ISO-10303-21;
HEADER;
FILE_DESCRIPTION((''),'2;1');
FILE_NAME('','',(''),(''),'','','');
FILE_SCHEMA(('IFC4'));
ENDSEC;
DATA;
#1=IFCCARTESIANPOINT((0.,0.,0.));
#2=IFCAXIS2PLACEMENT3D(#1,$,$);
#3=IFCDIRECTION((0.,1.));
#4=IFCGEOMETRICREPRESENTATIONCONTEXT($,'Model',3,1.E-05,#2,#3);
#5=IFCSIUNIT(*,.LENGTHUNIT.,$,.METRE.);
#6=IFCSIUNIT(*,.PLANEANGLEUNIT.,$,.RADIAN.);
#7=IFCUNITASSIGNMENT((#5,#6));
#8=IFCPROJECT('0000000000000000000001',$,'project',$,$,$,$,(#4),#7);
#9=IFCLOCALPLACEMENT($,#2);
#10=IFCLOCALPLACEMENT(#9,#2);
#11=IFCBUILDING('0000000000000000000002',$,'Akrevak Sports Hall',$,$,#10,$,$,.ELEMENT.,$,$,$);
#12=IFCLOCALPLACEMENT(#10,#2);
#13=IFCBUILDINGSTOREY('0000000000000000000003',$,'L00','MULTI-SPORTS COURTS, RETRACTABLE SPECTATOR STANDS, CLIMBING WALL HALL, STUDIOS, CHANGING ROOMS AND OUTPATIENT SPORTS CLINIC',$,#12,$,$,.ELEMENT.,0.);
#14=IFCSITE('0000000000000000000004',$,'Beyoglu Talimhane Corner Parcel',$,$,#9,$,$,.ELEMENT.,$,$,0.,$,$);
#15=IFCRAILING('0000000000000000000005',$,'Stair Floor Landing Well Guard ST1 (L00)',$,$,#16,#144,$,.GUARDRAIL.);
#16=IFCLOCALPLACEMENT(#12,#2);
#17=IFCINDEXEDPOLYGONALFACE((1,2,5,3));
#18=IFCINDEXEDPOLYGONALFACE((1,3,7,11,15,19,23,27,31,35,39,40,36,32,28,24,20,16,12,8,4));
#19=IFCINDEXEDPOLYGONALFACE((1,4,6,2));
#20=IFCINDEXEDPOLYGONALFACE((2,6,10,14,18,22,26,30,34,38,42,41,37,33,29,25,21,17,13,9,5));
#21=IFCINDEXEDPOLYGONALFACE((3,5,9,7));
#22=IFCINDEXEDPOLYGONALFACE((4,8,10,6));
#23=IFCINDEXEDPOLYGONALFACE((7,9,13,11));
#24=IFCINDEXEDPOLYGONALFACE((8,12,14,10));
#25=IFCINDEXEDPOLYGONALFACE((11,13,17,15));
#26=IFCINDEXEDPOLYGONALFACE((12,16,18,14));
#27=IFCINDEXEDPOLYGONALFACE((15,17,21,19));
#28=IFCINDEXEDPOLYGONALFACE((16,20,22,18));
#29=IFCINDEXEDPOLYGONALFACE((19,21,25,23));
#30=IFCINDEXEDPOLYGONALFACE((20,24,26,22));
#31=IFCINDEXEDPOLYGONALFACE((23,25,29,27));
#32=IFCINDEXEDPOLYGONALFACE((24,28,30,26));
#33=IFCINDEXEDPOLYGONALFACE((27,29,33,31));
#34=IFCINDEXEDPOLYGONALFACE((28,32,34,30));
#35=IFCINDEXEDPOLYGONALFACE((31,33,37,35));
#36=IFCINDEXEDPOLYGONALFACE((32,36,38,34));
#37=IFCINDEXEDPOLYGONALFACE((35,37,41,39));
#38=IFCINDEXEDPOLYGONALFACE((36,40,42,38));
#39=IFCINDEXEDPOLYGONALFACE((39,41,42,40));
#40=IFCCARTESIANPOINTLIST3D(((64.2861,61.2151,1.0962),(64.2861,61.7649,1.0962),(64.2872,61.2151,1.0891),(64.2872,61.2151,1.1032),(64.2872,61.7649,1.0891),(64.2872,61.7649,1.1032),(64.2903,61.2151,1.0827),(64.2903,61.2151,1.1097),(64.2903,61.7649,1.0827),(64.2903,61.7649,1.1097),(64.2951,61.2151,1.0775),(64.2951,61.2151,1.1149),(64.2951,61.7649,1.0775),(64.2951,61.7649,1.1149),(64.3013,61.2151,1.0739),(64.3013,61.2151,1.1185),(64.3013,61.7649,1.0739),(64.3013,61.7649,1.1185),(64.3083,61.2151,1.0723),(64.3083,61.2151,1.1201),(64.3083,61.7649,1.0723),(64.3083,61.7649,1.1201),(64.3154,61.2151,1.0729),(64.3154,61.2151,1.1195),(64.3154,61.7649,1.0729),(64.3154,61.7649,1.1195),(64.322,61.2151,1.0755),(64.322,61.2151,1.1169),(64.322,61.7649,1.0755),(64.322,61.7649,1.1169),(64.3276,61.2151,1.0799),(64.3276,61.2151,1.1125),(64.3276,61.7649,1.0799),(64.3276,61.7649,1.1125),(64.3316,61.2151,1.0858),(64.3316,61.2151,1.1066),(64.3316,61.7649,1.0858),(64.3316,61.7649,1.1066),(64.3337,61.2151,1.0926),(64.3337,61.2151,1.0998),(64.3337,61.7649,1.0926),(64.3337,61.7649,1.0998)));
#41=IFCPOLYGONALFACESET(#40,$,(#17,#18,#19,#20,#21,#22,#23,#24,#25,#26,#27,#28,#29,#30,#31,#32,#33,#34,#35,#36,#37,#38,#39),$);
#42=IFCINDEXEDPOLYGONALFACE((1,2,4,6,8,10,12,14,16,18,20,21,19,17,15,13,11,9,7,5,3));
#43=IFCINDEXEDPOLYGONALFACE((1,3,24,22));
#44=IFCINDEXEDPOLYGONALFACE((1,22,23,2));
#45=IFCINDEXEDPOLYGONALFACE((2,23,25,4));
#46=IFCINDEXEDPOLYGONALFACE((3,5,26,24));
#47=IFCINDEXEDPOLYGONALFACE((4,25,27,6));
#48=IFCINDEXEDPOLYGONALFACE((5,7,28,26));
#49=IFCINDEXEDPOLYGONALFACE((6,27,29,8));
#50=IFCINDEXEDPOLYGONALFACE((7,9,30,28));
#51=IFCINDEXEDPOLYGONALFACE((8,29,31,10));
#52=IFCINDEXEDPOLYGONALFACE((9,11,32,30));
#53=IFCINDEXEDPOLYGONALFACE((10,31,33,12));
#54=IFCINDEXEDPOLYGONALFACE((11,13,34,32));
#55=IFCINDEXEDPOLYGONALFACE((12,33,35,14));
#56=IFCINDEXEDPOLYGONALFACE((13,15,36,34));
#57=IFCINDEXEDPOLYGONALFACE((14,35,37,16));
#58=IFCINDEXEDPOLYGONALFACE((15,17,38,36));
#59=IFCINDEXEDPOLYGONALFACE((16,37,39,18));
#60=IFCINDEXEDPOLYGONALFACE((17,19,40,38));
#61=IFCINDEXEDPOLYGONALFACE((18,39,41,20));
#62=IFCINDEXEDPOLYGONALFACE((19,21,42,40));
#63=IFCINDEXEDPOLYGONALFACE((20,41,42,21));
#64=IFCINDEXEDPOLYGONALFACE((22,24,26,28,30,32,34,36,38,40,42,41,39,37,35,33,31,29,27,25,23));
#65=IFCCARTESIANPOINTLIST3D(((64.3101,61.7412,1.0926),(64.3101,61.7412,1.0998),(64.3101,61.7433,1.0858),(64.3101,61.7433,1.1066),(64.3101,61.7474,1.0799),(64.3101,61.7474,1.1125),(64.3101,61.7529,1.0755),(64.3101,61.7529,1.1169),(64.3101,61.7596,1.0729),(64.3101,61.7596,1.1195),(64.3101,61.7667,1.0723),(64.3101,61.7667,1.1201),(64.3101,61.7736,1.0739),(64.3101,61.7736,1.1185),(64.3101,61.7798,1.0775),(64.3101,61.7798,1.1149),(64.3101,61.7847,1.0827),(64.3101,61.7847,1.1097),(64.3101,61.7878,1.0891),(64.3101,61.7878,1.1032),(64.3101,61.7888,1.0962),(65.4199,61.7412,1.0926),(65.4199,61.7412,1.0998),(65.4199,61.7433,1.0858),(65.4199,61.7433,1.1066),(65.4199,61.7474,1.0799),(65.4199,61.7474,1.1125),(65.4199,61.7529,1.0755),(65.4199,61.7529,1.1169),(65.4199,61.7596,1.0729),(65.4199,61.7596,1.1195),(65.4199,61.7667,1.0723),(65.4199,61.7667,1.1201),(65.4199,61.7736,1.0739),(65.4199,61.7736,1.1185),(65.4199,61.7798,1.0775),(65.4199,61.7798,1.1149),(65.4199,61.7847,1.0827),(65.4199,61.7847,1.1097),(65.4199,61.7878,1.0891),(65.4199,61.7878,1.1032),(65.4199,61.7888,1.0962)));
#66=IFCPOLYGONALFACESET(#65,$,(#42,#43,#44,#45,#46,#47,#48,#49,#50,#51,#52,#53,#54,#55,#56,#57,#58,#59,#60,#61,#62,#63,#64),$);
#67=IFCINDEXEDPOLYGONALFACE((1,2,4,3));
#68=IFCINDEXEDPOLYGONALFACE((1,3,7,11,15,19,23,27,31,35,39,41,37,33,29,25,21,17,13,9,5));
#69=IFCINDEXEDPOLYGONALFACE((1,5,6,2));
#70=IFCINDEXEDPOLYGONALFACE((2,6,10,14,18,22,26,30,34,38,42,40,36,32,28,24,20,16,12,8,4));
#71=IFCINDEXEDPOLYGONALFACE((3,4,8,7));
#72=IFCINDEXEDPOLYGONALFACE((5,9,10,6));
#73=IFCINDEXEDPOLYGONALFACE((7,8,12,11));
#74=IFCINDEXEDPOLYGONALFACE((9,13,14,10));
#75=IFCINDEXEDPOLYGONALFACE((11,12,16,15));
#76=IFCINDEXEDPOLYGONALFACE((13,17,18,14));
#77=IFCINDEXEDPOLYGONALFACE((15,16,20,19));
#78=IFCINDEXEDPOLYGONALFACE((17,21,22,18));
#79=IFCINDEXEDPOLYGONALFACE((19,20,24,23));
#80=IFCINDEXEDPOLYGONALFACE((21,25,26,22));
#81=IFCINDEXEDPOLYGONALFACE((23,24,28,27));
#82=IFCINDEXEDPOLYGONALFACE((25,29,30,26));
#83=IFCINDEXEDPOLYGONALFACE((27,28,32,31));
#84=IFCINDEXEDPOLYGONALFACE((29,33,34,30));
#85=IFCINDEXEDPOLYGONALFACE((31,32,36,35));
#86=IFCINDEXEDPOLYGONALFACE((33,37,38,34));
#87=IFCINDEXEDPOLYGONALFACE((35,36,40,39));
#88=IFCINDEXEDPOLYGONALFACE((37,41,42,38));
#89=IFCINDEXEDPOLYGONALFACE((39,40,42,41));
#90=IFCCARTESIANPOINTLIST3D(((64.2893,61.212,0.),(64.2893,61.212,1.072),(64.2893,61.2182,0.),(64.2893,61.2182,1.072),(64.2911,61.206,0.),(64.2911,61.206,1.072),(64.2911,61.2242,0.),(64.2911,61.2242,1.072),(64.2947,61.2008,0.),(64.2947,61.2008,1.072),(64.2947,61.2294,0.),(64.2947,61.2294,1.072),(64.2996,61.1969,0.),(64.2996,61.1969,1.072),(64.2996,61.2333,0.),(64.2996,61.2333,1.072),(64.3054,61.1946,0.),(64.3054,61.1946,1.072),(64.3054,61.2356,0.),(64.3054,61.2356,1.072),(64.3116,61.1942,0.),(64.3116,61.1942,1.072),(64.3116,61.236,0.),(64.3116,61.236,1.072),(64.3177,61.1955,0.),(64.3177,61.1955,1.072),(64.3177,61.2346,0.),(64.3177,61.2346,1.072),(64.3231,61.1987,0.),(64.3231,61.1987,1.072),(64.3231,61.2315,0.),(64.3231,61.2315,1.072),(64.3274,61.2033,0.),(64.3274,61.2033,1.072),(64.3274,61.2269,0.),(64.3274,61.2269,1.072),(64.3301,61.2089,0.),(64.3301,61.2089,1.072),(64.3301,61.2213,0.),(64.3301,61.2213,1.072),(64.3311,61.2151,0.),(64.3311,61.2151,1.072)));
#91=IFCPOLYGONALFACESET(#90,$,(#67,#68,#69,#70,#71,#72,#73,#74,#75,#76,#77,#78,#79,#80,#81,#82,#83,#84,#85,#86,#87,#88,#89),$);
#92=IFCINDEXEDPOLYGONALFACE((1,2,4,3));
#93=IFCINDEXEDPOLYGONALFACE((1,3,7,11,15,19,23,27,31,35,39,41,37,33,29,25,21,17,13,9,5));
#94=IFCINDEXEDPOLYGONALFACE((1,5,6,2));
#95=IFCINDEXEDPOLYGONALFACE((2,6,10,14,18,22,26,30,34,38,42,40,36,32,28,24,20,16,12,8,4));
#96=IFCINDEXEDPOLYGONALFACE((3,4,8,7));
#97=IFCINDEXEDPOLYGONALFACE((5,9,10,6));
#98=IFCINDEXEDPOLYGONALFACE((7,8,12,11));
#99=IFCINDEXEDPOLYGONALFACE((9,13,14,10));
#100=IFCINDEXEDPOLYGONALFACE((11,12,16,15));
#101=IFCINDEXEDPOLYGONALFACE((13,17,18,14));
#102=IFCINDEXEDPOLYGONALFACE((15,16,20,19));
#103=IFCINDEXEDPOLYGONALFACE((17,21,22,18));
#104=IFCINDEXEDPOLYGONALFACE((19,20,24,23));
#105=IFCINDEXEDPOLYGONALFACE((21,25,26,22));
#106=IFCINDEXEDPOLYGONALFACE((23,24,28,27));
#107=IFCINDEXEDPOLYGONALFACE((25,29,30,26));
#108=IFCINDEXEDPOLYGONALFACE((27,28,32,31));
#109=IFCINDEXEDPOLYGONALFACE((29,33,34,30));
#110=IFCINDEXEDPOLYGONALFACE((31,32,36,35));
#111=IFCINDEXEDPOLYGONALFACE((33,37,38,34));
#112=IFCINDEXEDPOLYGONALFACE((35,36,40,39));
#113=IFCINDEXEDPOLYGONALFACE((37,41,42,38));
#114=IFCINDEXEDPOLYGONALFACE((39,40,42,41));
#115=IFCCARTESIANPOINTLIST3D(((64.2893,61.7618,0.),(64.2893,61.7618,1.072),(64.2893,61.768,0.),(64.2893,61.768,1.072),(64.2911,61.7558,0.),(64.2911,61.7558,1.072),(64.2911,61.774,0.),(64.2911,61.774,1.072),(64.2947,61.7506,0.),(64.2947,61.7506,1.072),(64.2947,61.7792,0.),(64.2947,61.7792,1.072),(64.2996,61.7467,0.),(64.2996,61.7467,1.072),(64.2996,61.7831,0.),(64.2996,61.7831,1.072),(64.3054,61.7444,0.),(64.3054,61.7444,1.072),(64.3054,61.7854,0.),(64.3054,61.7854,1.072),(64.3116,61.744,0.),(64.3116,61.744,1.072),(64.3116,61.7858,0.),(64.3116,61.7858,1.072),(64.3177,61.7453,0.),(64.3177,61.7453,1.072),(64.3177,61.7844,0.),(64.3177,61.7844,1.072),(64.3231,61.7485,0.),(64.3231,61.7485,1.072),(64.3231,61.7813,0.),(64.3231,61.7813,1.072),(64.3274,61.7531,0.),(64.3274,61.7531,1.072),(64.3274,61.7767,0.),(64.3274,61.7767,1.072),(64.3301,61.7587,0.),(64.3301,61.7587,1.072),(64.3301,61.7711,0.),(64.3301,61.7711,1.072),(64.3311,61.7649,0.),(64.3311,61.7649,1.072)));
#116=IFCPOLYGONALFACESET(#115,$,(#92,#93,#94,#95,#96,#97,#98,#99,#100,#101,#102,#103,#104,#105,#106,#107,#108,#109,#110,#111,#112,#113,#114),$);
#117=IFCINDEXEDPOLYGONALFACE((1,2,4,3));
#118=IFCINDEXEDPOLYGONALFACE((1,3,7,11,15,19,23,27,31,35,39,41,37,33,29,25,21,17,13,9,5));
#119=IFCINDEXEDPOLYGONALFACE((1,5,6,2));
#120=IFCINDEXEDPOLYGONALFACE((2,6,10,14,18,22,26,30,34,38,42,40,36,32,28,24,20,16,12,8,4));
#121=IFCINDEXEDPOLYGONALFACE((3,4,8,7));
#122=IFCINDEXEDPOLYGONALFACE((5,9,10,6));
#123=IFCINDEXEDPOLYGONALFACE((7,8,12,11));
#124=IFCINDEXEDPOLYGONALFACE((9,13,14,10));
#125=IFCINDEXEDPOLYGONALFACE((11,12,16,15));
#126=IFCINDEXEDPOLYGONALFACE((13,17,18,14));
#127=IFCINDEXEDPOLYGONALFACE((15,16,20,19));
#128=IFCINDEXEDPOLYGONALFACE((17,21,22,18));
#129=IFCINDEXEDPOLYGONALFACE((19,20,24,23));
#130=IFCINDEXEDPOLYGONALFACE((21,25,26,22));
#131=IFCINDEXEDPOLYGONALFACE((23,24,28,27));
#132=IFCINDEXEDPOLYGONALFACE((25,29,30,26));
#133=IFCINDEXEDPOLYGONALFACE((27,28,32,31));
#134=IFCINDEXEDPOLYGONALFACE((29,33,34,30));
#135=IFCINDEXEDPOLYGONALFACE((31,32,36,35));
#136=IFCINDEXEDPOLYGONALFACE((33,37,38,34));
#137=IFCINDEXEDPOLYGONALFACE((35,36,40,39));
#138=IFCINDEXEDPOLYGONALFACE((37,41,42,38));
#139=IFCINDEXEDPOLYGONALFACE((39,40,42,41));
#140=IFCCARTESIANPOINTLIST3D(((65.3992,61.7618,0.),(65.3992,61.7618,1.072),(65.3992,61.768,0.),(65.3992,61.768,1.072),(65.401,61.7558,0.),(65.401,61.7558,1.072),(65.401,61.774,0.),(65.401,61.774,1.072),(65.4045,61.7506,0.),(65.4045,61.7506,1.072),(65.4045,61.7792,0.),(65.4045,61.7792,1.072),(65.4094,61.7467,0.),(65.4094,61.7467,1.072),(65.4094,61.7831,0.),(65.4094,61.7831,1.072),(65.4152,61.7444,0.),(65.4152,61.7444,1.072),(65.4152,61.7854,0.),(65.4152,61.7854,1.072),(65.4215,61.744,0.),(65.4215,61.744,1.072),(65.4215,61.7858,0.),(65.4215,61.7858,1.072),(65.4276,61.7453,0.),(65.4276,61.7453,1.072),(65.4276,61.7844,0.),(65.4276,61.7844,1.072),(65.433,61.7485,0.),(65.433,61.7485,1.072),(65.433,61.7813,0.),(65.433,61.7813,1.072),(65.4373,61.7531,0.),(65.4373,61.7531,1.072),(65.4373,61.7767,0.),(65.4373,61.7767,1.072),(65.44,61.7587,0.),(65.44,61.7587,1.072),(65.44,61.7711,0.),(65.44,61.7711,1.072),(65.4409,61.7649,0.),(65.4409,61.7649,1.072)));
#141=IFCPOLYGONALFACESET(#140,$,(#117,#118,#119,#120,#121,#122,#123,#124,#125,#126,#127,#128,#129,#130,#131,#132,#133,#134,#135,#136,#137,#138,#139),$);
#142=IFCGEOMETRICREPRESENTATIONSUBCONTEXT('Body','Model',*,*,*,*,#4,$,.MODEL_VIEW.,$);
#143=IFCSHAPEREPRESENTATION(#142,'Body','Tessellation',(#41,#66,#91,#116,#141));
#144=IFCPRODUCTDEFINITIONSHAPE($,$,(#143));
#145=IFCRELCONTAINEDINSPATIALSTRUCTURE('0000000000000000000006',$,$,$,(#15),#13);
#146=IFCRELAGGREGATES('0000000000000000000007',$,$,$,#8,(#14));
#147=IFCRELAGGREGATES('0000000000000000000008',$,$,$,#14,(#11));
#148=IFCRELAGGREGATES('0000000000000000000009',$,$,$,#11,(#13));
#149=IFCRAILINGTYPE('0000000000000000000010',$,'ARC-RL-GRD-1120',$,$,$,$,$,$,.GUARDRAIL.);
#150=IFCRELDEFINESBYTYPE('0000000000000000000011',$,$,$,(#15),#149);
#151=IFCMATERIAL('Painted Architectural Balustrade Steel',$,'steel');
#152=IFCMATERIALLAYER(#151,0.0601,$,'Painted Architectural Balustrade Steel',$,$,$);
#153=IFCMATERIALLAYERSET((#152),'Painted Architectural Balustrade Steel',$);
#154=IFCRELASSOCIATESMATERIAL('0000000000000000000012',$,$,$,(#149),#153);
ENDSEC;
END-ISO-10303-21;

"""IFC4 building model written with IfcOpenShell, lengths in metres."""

from ifc_helpers import new_model, si_unit, direction, frame, origin, origin_2d, place, context, subcontext, project, spatial, circle, extrude, material, layer, layer_set, type_object, element, save


model = new_model("IFC4")

# Units and contexts
model_context = context("Model", 3, precision=1e-05, world=origin(), true_north=direction((0.0, 1.0)))
body_context = subcontext(model_context, "Body", "Model", "MODEL_VIEW")
ifc_project = project(units=[si_unit("LENGTHUNIT", "METRE"), si_unit("PLANEANGLEUNIT", "RADIAN")], contexts=[model_context])

# Site, building, storey
site_placement = place(None, origin())
site = spatial("IfcSite", under=ifc_project, at=site_placement, Name="Beyoglu Talimhane Corner Parcel", CompositionType="ELEMENT", RefElevation=0.0)
building_placement = place(site_placement, origin())
building = spatial("IfcBuilding", under=site, at=building_placement, Name="Akrevak Sports Hall", CompositionType="ELEMENT")
storey_placement = place(building_placement, origin())
storey = spatial("IfcBuildingStorey", under=building, at=storey_placement, Name="L00", Description="MULTI-SPORTS COURTS, RETRACTABLE SPECTATOR STANDS, CLIMBING WALL HALL, STUDIOS, CHANGING ROOMS AND OUTPATIENT SPORTS CLINIC", CompositionType="ELEMENT", Elevation=0.0)

# Railing
ifc_material_1 = material(Name="Painted Architectural Balustrade Steel", Category="steel")
ifc_layer_1 = layer(ifc_material_1, 0.0601, Name="Painted Architectural Balustrade Steel")
ifc_layer_set_1 = layer_set([ifc_layer_1], Name="Painted Architectural Balustrade Steel")
railing_type_1 = type_object("IfcRailingType", Name="ARC-RL-GRD-1120", PredefinedType="GUARDRAIL", material=ifc_layer_set_1)
railing_1_placement = place(storey_placement, frame((64.3101, 61.2151, 0.0)))
element("IfcRailing", 1, at=railing_1_placement, inside=storey, type_object=railing_type_1, Name="Stair Floor Landing Well Guard ST1 (L00)", PredefinedType="GUARDRAIL", context=body_context, shape_type="SweptSolid", body=[
    extrude(circle(Radius=0.0239, at=origin_2d()), frame((0.0, 0.0, 1.0962), z_axis=(0.0, 1.0, 0.0), x_axis=(-1.0, 0.0, 0.0)), (0.0, 0.0, 1.0), 0.5498),
    extrude(circle(Radius=0.0239, at=origin_2d()), frame((0.0, 0.5498, 1.0962), z_axis=(1.0, 0.0, 0.0), x_axis=(0.0, 1.0, 0.0)), (0.0, 0.0, 1.0), 1.1099),
    extrude(circle(Radius=0.021, at=origin_2d()), origin(), (0.0, 0.0, 1.0), 1.072),
    extrude(circle(Radius=0.021, at=origin_2d()), frame((0.0, 0.5498, 0.0)), (0.0, 0.0, 1.0), 1.072),
    extrude(circle(Radius=0.021, at=origin_2d()), frame((1.1099, 0.5498, 0.0)), (0.0, 0.0, 1.0), 1.072),
])

save(model, "model.ifc")
